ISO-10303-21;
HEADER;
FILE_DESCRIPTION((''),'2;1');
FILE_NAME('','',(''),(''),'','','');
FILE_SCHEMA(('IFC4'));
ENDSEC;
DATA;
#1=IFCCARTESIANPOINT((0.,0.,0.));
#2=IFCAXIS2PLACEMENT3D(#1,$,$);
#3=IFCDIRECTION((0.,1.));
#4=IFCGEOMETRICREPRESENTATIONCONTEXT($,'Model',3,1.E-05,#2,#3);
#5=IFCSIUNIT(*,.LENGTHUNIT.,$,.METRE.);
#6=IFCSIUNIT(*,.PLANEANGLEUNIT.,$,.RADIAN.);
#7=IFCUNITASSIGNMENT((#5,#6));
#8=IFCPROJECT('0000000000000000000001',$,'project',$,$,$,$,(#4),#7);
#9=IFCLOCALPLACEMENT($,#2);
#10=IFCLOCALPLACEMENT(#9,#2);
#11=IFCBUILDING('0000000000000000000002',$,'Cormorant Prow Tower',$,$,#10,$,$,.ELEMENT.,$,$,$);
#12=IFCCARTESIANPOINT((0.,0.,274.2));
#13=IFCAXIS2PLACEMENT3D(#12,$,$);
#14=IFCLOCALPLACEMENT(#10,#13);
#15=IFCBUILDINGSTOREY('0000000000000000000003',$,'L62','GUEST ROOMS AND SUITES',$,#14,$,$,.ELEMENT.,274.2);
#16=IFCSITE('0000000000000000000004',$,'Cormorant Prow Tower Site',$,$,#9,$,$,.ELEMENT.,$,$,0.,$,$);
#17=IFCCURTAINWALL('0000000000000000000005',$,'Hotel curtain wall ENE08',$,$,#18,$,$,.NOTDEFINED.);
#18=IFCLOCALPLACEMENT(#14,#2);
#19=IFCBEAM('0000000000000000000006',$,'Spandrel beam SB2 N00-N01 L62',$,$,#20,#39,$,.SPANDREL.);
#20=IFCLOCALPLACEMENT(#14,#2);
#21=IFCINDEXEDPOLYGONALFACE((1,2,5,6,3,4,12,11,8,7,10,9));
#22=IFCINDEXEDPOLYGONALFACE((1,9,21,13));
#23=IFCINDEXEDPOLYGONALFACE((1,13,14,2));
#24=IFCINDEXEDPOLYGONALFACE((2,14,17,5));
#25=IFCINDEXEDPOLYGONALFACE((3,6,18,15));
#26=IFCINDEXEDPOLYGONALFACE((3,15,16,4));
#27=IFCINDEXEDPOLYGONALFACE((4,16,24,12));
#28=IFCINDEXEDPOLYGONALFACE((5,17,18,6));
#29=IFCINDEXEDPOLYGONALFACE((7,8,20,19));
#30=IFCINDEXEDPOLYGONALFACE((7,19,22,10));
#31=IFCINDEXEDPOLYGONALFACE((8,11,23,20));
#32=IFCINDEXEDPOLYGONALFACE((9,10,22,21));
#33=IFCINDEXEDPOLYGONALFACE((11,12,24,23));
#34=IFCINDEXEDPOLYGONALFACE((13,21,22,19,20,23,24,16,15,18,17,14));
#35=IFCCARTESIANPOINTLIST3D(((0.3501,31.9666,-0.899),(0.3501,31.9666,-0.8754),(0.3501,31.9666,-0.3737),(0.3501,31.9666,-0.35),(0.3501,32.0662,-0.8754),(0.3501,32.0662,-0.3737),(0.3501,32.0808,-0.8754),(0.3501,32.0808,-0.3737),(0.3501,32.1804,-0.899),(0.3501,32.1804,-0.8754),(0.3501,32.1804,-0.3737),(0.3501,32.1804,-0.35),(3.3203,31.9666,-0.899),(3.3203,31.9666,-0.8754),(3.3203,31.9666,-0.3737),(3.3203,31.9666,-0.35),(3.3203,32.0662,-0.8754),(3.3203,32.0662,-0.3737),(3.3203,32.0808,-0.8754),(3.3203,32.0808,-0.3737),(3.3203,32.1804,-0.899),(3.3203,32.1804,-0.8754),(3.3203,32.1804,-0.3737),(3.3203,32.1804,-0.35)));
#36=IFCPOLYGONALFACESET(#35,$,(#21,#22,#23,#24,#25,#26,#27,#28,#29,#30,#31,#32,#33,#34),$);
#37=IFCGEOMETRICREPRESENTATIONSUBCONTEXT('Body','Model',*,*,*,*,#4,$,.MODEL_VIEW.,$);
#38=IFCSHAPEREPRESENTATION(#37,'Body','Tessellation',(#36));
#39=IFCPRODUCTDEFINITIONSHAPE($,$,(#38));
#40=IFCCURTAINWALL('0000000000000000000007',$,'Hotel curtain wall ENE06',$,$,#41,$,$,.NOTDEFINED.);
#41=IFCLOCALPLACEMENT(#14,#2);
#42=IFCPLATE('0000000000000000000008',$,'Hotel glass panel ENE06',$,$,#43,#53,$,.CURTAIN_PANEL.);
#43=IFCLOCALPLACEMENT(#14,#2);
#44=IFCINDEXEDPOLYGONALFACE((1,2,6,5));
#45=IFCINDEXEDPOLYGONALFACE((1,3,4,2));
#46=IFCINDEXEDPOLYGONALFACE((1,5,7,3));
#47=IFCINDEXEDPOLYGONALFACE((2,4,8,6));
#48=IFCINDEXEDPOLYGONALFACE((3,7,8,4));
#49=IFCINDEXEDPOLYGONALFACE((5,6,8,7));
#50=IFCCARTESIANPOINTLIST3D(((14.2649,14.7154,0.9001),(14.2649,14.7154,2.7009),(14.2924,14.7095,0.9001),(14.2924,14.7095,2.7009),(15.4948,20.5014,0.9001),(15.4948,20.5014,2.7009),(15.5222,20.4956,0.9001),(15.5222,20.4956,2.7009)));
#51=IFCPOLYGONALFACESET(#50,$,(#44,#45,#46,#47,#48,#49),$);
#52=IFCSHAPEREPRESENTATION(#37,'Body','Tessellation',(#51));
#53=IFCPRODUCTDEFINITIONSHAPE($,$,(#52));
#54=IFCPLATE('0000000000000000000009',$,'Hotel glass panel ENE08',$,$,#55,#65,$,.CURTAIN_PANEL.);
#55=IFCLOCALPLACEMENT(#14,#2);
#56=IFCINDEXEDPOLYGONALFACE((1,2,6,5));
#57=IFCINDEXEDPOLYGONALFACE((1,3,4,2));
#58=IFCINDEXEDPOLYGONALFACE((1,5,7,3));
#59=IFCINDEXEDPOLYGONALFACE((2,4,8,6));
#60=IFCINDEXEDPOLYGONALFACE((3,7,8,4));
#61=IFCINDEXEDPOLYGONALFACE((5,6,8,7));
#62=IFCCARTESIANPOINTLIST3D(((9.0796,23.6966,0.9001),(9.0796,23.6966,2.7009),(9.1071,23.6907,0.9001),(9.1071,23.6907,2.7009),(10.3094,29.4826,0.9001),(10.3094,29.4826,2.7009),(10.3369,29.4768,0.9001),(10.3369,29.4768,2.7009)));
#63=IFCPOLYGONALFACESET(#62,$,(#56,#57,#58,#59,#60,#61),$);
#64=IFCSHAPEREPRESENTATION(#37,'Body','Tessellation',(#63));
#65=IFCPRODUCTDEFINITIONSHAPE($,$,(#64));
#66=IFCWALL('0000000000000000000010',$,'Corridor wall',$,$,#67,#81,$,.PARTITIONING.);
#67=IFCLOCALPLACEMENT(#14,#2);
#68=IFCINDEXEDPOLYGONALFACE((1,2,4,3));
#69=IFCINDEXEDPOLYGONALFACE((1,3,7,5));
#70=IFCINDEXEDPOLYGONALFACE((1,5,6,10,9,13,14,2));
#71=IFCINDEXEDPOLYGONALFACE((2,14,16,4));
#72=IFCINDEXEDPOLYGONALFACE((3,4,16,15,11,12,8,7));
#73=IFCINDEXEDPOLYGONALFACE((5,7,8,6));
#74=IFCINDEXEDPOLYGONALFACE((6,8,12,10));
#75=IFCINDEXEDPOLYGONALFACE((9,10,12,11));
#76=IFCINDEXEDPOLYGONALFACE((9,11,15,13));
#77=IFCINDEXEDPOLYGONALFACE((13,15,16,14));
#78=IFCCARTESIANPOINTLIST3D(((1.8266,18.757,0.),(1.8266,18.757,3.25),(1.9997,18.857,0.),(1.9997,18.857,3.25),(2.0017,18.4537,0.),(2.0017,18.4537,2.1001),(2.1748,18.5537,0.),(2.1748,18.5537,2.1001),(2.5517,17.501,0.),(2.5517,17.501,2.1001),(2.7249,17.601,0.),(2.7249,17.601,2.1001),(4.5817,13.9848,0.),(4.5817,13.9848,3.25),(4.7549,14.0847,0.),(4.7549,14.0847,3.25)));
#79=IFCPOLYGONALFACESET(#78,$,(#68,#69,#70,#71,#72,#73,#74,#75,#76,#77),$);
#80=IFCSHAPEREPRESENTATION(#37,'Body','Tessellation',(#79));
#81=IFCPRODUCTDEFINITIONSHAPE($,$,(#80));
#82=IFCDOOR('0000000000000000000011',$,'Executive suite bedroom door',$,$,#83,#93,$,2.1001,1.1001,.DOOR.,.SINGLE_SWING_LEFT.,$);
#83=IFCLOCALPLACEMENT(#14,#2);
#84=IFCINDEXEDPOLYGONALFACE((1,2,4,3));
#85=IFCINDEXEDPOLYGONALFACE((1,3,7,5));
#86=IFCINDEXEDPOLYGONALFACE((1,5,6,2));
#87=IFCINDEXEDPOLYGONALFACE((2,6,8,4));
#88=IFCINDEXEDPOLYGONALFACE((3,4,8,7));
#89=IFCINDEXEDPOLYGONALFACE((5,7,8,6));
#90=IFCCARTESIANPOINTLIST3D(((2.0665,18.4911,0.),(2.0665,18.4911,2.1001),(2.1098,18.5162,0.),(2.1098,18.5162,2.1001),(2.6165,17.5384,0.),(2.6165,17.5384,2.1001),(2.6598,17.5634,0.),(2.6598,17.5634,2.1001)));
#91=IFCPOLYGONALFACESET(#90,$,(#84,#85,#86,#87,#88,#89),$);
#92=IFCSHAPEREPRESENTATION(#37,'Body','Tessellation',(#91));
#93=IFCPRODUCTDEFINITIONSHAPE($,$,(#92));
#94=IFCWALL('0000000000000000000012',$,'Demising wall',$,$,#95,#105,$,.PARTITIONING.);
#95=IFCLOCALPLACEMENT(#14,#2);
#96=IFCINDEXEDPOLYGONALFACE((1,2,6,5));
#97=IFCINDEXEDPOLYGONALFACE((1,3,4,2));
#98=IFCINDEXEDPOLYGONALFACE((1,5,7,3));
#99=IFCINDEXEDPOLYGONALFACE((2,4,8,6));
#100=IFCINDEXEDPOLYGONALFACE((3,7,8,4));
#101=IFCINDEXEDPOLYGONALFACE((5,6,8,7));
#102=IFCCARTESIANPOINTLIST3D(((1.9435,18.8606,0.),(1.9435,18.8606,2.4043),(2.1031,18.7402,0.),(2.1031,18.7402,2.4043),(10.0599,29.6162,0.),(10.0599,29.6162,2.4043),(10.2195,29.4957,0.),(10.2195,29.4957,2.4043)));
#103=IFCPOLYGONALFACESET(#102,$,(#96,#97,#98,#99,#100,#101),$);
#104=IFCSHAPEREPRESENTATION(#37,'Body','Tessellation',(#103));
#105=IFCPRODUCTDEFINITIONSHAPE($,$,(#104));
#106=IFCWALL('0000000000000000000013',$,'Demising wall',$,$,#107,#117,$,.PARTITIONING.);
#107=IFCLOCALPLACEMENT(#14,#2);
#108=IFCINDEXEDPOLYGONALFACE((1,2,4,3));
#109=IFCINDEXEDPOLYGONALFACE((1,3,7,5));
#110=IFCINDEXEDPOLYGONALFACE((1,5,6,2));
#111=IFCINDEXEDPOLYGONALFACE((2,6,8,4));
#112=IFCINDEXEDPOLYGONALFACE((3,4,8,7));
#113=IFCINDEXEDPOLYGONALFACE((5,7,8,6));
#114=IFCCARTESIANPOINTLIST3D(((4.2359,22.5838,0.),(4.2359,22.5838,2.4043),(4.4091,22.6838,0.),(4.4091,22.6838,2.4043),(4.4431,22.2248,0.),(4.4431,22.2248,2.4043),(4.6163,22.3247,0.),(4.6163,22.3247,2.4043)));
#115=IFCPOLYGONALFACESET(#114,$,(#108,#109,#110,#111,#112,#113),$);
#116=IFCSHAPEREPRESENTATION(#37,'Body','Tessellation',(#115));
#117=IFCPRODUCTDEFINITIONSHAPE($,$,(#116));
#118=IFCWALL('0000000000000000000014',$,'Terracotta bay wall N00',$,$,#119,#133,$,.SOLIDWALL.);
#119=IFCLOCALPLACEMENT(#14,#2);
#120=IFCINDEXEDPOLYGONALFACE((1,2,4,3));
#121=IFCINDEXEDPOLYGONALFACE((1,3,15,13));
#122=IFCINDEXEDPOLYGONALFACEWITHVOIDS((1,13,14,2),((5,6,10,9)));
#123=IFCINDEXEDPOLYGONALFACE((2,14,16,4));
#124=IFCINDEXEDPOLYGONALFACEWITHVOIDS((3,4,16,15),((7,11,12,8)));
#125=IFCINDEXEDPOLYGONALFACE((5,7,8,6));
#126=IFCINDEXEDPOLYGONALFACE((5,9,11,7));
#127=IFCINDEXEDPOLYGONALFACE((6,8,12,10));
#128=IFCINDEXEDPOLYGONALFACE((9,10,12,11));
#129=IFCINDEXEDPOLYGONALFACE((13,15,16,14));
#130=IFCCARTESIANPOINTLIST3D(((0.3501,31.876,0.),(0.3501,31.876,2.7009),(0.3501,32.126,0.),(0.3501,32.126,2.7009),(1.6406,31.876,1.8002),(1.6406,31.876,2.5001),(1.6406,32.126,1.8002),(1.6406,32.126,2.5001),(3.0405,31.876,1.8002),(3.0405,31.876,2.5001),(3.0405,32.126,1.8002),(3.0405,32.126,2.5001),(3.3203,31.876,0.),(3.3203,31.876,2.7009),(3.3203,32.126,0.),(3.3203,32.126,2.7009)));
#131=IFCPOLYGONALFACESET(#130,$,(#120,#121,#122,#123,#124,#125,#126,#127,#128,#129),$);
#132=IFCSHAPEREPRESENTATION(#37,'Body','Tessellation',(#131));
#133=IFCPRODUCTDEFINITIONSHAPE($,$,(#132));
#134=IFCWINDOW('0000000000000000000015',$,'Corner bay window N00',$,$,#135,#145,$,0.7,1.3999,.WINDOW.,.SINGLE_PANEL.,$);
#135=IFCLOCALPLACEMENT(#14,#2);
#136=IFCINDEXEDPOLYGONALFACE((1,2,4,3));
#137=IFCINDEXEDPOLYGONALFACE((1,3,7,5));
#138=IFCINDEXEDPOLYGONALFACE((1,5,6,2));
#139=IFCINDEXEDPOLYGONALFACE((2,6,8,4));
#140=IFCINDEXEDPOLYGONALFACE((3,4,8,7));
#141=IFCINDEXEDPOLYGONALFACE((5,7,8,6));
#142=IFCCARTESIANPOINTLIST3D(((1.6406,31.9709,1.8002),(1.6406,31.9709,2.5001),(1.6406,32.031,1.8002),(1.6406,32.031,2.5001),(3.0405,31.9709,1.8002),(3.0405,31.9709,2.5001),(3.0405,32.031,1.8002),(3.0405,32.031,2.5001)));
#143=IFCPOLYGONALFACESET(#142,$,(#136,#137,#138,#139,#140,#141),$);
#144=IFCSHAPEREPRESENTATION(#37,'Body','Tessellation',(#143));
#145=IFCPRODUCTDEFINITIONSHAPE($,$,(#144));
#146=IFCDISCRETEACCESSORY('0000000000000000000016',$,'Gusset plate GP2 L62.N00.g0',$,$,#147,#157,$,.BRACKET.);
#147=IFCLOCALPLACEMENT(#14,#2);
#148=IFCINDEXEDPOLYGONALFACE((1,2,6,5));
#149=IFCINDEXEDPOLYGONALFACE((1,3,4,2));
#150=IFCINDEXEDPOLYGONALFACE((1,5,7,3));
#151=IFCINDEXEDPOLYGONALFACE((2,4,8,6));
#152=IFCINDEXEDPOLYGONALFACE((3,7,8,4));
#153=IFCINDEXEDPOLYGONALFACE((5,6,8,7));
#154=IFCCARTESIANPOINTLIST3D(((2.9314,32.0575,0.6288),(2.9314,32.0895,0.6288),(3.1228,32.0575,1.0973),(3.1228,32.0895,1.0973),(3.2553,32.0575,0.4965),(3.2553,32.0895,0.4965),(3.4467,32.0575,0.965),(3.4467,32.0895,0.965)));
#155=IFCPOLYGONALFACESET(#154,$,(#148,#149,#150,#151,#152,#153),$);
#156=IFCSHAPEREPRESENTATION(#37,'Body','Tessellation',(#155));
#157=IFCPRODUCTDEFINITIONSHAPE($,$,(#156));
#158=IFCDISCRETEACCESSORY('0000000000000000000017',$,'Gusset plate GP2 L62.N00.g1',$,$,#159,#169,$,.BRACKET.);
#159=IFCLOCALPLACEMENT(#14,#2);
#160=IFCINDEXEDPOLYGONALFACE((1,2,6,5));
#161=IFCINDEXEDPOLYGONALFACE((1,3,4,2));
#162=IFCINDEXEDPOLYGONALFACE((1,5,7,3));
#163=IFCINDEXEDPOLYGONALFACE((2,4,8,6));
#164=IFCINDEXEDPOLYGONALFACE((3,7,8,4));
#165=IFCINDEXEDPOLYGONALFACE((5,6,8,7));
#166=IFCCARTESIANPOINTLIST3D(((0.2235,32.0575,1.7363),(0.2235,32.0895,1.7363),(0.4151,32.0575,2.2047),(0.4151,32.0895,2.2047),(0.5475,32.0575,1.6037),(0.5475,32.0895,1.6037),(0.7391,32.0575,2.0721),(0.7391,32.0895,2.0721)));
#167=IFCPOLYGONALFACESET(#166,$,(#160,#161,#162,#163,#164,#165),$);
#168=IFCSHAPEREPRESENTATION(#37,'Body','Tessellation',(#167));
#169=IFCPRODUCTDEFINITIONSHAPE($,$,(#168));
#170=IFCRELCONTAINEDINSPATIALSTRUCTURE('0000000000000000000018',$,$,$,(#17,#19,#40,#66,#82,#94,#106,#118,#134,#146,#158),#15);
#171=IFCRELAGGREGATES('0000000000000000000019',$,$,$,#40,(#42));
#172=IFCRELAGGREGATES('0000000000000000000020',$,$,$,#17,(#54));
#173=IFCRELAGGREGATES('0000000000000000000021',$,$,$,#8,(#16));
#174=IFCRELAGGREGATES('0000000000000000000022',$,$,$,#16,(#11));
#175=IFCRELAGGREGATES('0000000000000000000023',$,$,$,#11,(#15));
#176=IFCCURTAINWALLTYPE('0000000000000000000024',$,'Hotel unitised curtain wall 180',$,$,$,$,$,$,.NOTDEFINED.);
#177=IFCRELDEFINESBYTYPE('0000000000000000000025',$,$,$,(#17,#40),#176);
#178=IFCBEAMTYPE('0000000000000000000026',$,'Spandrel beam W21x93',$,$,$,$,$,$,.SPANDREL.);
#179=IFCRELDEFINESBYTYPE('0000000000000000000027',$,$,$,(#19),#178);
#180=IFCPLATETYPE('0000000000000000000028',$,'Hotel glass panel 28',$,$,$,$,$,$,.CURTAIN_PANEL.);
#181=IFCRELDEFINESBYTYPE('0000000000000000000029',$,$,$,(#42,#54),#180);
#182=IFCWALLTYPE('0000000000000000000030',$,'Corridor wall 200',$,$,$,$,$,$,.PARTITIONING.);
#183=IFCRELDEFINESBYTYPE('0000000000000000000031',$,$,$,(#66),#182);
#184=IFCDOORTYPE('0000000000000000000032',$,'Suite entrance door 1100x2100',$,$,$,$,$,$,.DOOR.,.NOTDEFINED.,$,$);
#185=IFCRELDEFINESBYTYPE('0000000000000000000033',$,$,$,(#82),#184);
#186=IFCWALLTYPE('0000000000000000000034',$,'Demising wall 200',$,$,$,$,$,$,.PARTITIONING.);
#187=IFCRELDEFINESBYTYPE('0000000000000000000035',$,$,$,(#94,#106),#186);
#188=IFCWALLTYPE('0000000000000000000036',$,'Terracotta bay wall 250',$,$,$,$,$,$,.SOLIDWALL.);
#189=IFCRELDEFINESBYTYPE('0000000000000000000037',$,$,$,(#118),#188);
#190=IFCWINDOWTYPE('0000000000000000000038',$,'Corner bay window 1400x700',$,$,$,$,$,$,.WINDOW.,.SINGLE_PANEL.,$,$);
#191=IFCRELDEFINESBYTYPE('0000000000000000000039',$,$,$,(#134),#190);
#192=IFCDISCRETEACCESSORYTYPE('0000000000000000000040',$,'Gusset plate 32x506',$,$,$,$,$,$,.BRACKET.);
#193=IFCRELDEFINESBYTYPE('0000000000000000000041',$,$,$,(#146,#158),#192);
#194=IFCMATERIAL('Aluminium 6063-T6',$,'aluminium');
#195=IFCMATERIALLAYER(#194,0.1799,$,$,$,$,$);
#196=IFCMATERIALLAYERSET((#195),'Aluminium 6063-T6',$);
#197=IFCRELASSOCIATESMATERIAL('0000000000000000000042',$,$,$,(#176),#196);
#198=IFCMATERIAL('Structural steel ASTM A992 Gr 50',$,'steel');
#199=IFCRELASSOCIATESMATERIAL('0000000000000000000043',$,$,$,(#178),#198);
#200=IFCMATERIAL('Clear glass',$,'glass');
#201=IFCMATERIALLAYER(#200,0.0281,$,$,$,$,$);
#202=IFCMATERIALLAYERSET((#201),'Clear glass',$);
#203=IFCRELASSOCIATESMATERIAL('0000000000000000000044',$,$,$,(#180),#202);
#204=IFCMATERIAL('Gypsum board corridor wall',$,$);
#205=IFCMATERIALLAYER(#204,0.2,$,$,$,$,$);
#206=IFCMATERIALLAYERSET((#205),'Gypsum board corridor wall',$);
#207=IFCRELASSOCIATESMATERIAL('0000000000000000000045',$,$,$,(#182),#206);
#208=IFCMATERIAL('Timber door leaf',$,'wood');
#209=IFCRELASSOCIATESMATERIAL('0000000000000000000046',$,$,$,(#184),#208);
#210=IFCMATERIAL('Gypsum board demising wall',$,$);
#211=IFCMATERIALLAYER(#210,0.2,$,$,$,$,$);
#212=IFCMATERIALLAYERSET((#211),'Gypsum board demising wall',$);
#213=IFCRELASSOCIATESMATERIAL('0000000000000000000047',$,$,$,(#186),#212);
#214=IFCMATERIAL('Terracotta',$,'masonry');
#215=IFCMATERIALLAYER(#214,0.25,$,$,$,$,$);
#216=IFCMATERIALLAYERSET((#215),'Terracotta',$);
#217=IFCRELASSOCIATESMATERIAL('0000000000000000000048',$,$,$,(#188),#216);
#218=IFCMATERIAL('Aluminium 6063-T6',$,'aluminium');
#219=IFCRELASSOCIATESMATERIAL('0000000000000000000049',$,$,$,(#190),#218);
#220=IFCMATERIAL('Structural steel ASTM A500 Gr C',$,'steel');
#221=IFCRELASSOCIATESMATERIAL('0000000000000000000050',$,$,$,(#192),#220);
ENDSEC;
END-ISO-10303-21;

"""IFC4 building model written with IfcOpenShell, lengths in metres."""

from ifc_helpers import new_model, si_unit, direction, frame, frame_2d, origin, origin_2d, place, context, subcontext, project, spatial, rectangle, i_section, extrude, material, layer, layer_set, material_profile, profile_set, type_object, element, fill, aggregate, save


model = new_model("IFC4")

# Units and contexts
model_context = context("Model", 3, precision=1e-05, world=origin(), true_north=direction((0.0, 1.0)))
body_context = subcontext(model_context, "Body", "Model", "MODEL_VIEW")
ifc_project = project(units=[si_unit("LENGTHUNIT", "METRE"), si_unit("PLANEANGLEUNIT", "RADIAN")], contexts=[model_context])

# Site, building, storey
site_placement = place(None, origin())
site = spatial("IfcSite", under=ifc_project, at=site_placement, Name="Cormorant Prow Tower Site", CompositionType="ELEMENT", RefElevation=0.0)
building_placement = place(site_placement, origin())
building = spatial("IfcBuilding", under=site, at=building_placement, Name="Cormorant Prow Tower", CompositionType="ELEMENT")
storey_placement = place(building_placement, frame((0.0, 0.0, 274.2)))
storey = spatial("IfcBuildingStorey", under=building, at=storey_placement, Name="L62", Description="GUEST ROOMS AND SUITES", CompositionType="ELEMENT", Elevation=274.2)

# Curtain wall
ifc_material_1 = material(Name="Aluminium 6063-T6", Category="aluminium")
ifc_layer_1 = layer(ifc_material_1, 0.1799)
ifc_layer_set_1 = layer_set([ifc_layer_1], Name="Aluminium 6063-T6")
curtain_wall_type = type_object("IfcCurtainWallType", Name="Hotel unitised curtain wall 180", PredefinedType="NOTDEFINED", material=ifc_layer_set_1)
curtain_wall_1_placement = place(storey_placement, origin())
curtain_wall_1 = element("IfcCurtainWall", 1, at=curtain_wall_1_placement, inside=storey, type_object=curtain_wall_type, Name="Hotel curtain wall ENE08", PredefinedType="NOTDEFINED")

# Beam
ifc_material_2 = material(Name="Structural steel ASTM A992 Gr 50", Category="steel")
ifc_material_profile_1 = material_profile(ifc_material_2, i_section(OverallWidth=0.2139, OverallDepth=0.5491, WebThickness=0.0146, FlangeThickness=0.0237, at=origin_2d()), Name="W21x93")
ifc_profile_set_1 = profile_set([ifc_material_profile_1], Name="Structural steel ASTM A992 Gr 50")
beam_type = type_object("IfcBeamType", Name="Spandrel beam W21x93", PredefinedType="SPANDREL", material=ifc_profile_set_1)
beam_1_placement = place(storey_placement, frame((3.3203, 32.0735, -0.6245), z_axis=(-1.0, 0.0, 0.0), x_axis=(0.0, -1.0, 0.0)))
element("IfcBeam", 2, at=beam_1_placement, inside=storey, type_object=beam_type, Name="Spandrel beam SB2 N00-N01 L62", PredefinedType="SPANDREL", context=body_context, shape_type="SweptSolid", body=[
    extrude(i_section(OverallWidth=0.2139, OverallDepth=0.5491, WebThickness=0.0146, FlangeThickness=0.0237, at=origin_2d()), origin(), (0.0, 0.0, 1.0), 2.9702),
])

# Curtain wall, plate
curtain_wall_2_placement = place(storey_placement, origin())
curtain_wall_2 = element("IfcCurtainWall", 3, at=curtain_wall_2_placement, inside=storey, type_object=curtain_wall_type, Name="Hotel curtain wall ENE06", PredefinedType="NOTDEFINED")
ifc_material_3 = material(Name="Clear glass", Category="glass")
ifc_layer_2 = layer(ifc_material_3, 0.0281)
ifc_layer_set_2 = layer_set([ifc_layer_2], Name="Clear glass")
plate_type = type_object("IfcPlateType", Name="Hotel glass panel 28", PredefinedType="CURTAIN_PANEL", material=ifc_layer_set_2)
plate_1_placement = place(storey_placement, frame((14.8936, 17.6055, 0.9001), z_axis=(0.0, 0.0, 1.0), x_axis=(0.207912, 0.978148, 0.0)))
plate_1 = element("IfcPlate", 4, at=plate_1_placement, type_object=plate_type, Name="Hotel glass panel ENE06", PredefinedType="CURTAIN_PANEL", context=body_context, shape_type="SweptSolid", body=[
    extrude(rectangle(XDim=5.9153, YDim=0.0281, at=origin_2d()), origin(), (0.0, 0.0, 1.0), 1.8008),
])
aggregate(curtain_wall_2, [plate_1])

# Plate
plate_2_placement = place(storey_placement, frame((9.7083, 26.5867, 0.9001), z_axis=(0.0, 0.0, 1.0), x_axis=(0.207912, 0.978148, 0.0)))
plate_2 = element("IfcPlate", 5, at=plate_2_placement, type_object=plate_type, Name="Hotel glass panel ENE08", PredefinedType="CURTAIN_PANEL", context=body_context, shape_type="SweptSolid", body=[
    extrude(rectangle(XDim=5.9153, YDim=0.0281, at=origin_2d()), origin(), (0.0, 0.0, 1.0), 1.8008),
])
aggregate(curtain_wall_1, [plate_2])

# Wall, opening, door
ifc_material_4 = material(Name="Gypsum board corridor wall")
ifc_layer_3 = layer(ifc_material_4, 0.2)
ifc_layer_set_3 = layer_set([ifc_layer_3], Name="Gypsum board corridor wall")
wall_type_1 = type_object("IfcWallType", Name="Corridor wall 200", PredefinedType="PARTITIONING", material=ifc_layer_set_3)
wall_1_placement = place(storey_placement, frame((1.9131, 18.8071, 0.0), z_axis=(0.0, 0.0, 1.0), x_axis=(0.499985, -0.866034, 0.0)))
wall_1 = element("IfcWall", 6, at=wall_1_placement, inside=storey, type_object=wall_type_1, Name="Corridor wall", PredefinedType="PARTITIONING", context=body_context, shape_type="SweptSolid", body=[
    extrude(rectangle(XDim=5.5105, YDim=0.2, at=frame_2d((2.7554, 0.0))), origin(), (0.0, 0.0, 1.0), 3.25),
])
opening_1_placement = place(wall_1_placement, frame((0.3503, 0.0, 0.0)))
opening_1 = element("IfcOpeningElement", 7, at=opening_1_placement, cuts=wall_1, PredefinedType="OPENING", context=body_context, shape_type="SweptSolid", body=[
    extrude(rectangle(XDim=1.1001, YDim=2.1001, at=frame_2d((0.55, 1.05))), frame((0.0, 0.1099, 0.0), z_axis=(0.0, -1.0, 0.0), x_axis=(1.0, 0.0, 0.0)), (0.0, 0.0, 1.0), 0.22),
])
ifc_material_5 = material(Name="Timber door leaf", Category="wood")
door_type_1 = type_object("IfcDoorType", Name="Suite entrance door 1100x2100", OperationType="NOTDEFINED", PredefinedType="DOOR", material=ifc_material_5)
door_1_placement = place(opening_1_placement, origin())
door_1 = element("IfcDoor", 8, at=door_1_placement, inside=storey, type_object=door_type_1, Name="Executive suite bedroom door", OperationType="SINGLE_SWING_LEFT", OverallHeight=2.1001, OverallWidth=1.1001, PredefinedType="DOOR", context=body_context, shape_type="SweptSolid", body=[
    extrude(rectangle(XDim=1.1001, YDim=2.1001, at=frame_2d((0.55, 1.05))), frame((0.0, 0.0249, 0.0), z_axis=(0.0, -1.0, 0.0), x_axis=(1.0, 0.0, 0.0)), (0.0, 0.0, 1.0), 0.05),
])
fill(opening_1, door_1)

# Walls
ifc_material_6 = material(Name="Gypsum board demising wall")
ifc_layer_4 = layer(ifc_material_6, 0.2)
ifc_layer_set_4 = layer_set([ifc_layer_4], Name="Gypsum board demising wall")
wall_type_2 = type_object("IfcWallType", Name="Demising wall 200", PredefinedType="PARTITIONING", material=ifc_layer_set_4)
wall_2_placement = place(storey_placement, frame((2.0232, 18.8003, 0.0), z_axis=(0.0, 0.0, 1.0), x_axis=(0.60236, 0.798224, 0.0)))
element("IfcWall", 9, at=wall_2_placement, inside=storey, type_object=wall_type_2, Name="Demising wall", PredefinedType="PARTITIONING", context=body_context, shape_type="SweptSolid", body=[
    extrude(rectangle(XDim=13.4744, YDim=0.2, at=frame_2d((6.7373, 0.0))), origin(), (0.0, 0.0, 1.0), 2.4043),
])
wall_3_placement = place(storey_placement, frame((4.3225, 22.6338, 0.0), z_axis=(0.0, 0.0, 1.0), x_axis=(0.499875, -0.866097, 0.0)))
element("IfcWall", 10, at=wall_3_placement, inside=storey, type_object=wall_type_2, Name="Demising wall", PredefinedType="PARTITIONING", context=body_context, shape_type="SweptSolid", body=[
    extrude(rectangle(XDim=0.4146, YDim=0.2, at=frame_2d((0.2073, 0.0))), origin(), (0.0, 0.0, 1.0), 2.4043),
])

# Wall, opening, window
ifc_material_7 = material(Name="Terracotta", Category="masonry")
ifc_layer_5 = layer(ifc_material_7, 0.25)
ifc_layer_set_5 = layer_set([ifc_layer_5], Name="Terracotta")
wall_type_3 = type_object("IfcWallType", Name="Terracotta bay wall 250", PredefinedType="SOLIDWALL", material=ifc_layer_set_5)
wall_4_placement = place(storey_placement, frame((3.3203, 32.001, 0.0), z_axis=(0.0, 0.0, 1.0), x_axis=(-1.0, 0.0, 0.0)))
wall_4 = element("IfcWall", 11, at=wall_4_placement, inside=storey, type_object=wall_type_3, Name="Terracotta bay wall N00", PredefinedType="SOLIDWALL", context=body_context, shape_type="SweptSolid", body=[
    extrude(rectangle(XDim=2.9702, YDim=0.25, at=frame_2d((1.4851, 0.0))), origin(), (0.0, 0.0, 1.0), 2.7009),
])
opening_2_placement = place(wall_4_placement, frame((0.2798, 0.0, 1.8)))
opening_2 = element("IfcOpeningElement", 12, at=opening_2_placement, cuts=wall_4, PredefinedType="OPENING", context=body_context, shape_type="SweptSolid", body=[
    extrude(rectangle(XDim=1.3999, YDim=0.7, at=frame_2d((0.7, 0.3501))), frame((0.0, 0.135, 0.0), z_axis=(0.0, -1.0, 0.0), x_axis=(1.0, 0.0, 0.0)), (0.0, 0.0, 1.0), 0.27),
])
ifc_material_8 = material(Name="Aluminium 6063-T6", Category="aluminium")
window_type = type_object("IfcWindowType", Name="Corner bay window 1400x700", PartitioningType="SINGLE_PANEL", PredefinedType="WINDOW", material=ifc_material_8)
window_placement = place(opening_2_placement, origin())
window = element("IfcWindow", 13, at=window_placement, inside=storey, type_object=window_type, Name="Corner bay window N00", OverallHeight=0.7, OverallWidth=1.3999, PartitioningType="SINGLE_PANEL", PredefinedType="WINDOW", context=body_context, shape_type="SweptSolid", body=[
    extrude(rectangle(XDim=1.3999, YDim=0.7, at=frame_2d((0.7, 0.3501))), frame((0.0, 0.03, 0.0), z_axis=(0.0, -1.0, 0.0), x_axis=(1.0, 0.0, 0.0)), (0.0, 0.0, 1.0), 0.0601),
])
fill(opening_2, window)

# Discrete accessories
ifc_material_9 = material(Name="Structural steel ASTM A500 Gr C", Category="steel")
ifc_material_profile_2 = material_profile(ifc_material_9, rectangle(XDim=0.032, YDim=0.5061, at=origin_2d()), Name="Gusset plate 32x506")
ifc_profile_set_2 = profile_set([ifc_material_profile_2], Name="Structural steel ASTM A500 Gr C")
discrete_accessory_type = type_object("IfcDiscreteAccessoryType", Name="Gusset plate 32x506", PredefinedType="BRACKET", material=ifc_profile_set_2)
discrete_accessory_1_placement = place(storey_placement, frame((3.0271, 32.0735, 0.863), z_axis=(0.925758, 0.0, -0.378117), x_axis=(0.0, 1.0, 0.0)))
element("IfcDiscreteAccessory", 14, at=discrete_accessory_1_placement, inside=storey, type_object=discrete_accessory_type, Name="Gusset plate GP2 L62.N00.g0", PredefinedType="BRACKET", context=body_context, shape_type="SweptSolid", body=[
    extrude(rectangle(XDim=0.032, YDim=0.5061, at=origin_2d()), origin(), (0.0, 0.0, 1.0), 0.3499),
])
discrete_accessory_2_placement = place(storey_placement, frame((0.6433, 32.0735, 1.8379), z_axis=(-0.925514, 0.0, 0.378714), x_axis=(0.0, -1.0, 0.0)))
element("IfcDiscreteAccessory", 15, at=discrete_accessory_2_placement, inside=storey, type_object=discrete_accessory_type, Name="Gusset plate GP2 L62.N00.g1", PredefinedType="BRACKET", context=body_context, shape_type="SweptSolid", body=[
    extrude(rectangle(XDim=0.032, YDim=0.5061, at=origin_2d()), origin(), (0.0, 0.0, 1.0), 0.3501),
])

save(model, "model.ifc")
